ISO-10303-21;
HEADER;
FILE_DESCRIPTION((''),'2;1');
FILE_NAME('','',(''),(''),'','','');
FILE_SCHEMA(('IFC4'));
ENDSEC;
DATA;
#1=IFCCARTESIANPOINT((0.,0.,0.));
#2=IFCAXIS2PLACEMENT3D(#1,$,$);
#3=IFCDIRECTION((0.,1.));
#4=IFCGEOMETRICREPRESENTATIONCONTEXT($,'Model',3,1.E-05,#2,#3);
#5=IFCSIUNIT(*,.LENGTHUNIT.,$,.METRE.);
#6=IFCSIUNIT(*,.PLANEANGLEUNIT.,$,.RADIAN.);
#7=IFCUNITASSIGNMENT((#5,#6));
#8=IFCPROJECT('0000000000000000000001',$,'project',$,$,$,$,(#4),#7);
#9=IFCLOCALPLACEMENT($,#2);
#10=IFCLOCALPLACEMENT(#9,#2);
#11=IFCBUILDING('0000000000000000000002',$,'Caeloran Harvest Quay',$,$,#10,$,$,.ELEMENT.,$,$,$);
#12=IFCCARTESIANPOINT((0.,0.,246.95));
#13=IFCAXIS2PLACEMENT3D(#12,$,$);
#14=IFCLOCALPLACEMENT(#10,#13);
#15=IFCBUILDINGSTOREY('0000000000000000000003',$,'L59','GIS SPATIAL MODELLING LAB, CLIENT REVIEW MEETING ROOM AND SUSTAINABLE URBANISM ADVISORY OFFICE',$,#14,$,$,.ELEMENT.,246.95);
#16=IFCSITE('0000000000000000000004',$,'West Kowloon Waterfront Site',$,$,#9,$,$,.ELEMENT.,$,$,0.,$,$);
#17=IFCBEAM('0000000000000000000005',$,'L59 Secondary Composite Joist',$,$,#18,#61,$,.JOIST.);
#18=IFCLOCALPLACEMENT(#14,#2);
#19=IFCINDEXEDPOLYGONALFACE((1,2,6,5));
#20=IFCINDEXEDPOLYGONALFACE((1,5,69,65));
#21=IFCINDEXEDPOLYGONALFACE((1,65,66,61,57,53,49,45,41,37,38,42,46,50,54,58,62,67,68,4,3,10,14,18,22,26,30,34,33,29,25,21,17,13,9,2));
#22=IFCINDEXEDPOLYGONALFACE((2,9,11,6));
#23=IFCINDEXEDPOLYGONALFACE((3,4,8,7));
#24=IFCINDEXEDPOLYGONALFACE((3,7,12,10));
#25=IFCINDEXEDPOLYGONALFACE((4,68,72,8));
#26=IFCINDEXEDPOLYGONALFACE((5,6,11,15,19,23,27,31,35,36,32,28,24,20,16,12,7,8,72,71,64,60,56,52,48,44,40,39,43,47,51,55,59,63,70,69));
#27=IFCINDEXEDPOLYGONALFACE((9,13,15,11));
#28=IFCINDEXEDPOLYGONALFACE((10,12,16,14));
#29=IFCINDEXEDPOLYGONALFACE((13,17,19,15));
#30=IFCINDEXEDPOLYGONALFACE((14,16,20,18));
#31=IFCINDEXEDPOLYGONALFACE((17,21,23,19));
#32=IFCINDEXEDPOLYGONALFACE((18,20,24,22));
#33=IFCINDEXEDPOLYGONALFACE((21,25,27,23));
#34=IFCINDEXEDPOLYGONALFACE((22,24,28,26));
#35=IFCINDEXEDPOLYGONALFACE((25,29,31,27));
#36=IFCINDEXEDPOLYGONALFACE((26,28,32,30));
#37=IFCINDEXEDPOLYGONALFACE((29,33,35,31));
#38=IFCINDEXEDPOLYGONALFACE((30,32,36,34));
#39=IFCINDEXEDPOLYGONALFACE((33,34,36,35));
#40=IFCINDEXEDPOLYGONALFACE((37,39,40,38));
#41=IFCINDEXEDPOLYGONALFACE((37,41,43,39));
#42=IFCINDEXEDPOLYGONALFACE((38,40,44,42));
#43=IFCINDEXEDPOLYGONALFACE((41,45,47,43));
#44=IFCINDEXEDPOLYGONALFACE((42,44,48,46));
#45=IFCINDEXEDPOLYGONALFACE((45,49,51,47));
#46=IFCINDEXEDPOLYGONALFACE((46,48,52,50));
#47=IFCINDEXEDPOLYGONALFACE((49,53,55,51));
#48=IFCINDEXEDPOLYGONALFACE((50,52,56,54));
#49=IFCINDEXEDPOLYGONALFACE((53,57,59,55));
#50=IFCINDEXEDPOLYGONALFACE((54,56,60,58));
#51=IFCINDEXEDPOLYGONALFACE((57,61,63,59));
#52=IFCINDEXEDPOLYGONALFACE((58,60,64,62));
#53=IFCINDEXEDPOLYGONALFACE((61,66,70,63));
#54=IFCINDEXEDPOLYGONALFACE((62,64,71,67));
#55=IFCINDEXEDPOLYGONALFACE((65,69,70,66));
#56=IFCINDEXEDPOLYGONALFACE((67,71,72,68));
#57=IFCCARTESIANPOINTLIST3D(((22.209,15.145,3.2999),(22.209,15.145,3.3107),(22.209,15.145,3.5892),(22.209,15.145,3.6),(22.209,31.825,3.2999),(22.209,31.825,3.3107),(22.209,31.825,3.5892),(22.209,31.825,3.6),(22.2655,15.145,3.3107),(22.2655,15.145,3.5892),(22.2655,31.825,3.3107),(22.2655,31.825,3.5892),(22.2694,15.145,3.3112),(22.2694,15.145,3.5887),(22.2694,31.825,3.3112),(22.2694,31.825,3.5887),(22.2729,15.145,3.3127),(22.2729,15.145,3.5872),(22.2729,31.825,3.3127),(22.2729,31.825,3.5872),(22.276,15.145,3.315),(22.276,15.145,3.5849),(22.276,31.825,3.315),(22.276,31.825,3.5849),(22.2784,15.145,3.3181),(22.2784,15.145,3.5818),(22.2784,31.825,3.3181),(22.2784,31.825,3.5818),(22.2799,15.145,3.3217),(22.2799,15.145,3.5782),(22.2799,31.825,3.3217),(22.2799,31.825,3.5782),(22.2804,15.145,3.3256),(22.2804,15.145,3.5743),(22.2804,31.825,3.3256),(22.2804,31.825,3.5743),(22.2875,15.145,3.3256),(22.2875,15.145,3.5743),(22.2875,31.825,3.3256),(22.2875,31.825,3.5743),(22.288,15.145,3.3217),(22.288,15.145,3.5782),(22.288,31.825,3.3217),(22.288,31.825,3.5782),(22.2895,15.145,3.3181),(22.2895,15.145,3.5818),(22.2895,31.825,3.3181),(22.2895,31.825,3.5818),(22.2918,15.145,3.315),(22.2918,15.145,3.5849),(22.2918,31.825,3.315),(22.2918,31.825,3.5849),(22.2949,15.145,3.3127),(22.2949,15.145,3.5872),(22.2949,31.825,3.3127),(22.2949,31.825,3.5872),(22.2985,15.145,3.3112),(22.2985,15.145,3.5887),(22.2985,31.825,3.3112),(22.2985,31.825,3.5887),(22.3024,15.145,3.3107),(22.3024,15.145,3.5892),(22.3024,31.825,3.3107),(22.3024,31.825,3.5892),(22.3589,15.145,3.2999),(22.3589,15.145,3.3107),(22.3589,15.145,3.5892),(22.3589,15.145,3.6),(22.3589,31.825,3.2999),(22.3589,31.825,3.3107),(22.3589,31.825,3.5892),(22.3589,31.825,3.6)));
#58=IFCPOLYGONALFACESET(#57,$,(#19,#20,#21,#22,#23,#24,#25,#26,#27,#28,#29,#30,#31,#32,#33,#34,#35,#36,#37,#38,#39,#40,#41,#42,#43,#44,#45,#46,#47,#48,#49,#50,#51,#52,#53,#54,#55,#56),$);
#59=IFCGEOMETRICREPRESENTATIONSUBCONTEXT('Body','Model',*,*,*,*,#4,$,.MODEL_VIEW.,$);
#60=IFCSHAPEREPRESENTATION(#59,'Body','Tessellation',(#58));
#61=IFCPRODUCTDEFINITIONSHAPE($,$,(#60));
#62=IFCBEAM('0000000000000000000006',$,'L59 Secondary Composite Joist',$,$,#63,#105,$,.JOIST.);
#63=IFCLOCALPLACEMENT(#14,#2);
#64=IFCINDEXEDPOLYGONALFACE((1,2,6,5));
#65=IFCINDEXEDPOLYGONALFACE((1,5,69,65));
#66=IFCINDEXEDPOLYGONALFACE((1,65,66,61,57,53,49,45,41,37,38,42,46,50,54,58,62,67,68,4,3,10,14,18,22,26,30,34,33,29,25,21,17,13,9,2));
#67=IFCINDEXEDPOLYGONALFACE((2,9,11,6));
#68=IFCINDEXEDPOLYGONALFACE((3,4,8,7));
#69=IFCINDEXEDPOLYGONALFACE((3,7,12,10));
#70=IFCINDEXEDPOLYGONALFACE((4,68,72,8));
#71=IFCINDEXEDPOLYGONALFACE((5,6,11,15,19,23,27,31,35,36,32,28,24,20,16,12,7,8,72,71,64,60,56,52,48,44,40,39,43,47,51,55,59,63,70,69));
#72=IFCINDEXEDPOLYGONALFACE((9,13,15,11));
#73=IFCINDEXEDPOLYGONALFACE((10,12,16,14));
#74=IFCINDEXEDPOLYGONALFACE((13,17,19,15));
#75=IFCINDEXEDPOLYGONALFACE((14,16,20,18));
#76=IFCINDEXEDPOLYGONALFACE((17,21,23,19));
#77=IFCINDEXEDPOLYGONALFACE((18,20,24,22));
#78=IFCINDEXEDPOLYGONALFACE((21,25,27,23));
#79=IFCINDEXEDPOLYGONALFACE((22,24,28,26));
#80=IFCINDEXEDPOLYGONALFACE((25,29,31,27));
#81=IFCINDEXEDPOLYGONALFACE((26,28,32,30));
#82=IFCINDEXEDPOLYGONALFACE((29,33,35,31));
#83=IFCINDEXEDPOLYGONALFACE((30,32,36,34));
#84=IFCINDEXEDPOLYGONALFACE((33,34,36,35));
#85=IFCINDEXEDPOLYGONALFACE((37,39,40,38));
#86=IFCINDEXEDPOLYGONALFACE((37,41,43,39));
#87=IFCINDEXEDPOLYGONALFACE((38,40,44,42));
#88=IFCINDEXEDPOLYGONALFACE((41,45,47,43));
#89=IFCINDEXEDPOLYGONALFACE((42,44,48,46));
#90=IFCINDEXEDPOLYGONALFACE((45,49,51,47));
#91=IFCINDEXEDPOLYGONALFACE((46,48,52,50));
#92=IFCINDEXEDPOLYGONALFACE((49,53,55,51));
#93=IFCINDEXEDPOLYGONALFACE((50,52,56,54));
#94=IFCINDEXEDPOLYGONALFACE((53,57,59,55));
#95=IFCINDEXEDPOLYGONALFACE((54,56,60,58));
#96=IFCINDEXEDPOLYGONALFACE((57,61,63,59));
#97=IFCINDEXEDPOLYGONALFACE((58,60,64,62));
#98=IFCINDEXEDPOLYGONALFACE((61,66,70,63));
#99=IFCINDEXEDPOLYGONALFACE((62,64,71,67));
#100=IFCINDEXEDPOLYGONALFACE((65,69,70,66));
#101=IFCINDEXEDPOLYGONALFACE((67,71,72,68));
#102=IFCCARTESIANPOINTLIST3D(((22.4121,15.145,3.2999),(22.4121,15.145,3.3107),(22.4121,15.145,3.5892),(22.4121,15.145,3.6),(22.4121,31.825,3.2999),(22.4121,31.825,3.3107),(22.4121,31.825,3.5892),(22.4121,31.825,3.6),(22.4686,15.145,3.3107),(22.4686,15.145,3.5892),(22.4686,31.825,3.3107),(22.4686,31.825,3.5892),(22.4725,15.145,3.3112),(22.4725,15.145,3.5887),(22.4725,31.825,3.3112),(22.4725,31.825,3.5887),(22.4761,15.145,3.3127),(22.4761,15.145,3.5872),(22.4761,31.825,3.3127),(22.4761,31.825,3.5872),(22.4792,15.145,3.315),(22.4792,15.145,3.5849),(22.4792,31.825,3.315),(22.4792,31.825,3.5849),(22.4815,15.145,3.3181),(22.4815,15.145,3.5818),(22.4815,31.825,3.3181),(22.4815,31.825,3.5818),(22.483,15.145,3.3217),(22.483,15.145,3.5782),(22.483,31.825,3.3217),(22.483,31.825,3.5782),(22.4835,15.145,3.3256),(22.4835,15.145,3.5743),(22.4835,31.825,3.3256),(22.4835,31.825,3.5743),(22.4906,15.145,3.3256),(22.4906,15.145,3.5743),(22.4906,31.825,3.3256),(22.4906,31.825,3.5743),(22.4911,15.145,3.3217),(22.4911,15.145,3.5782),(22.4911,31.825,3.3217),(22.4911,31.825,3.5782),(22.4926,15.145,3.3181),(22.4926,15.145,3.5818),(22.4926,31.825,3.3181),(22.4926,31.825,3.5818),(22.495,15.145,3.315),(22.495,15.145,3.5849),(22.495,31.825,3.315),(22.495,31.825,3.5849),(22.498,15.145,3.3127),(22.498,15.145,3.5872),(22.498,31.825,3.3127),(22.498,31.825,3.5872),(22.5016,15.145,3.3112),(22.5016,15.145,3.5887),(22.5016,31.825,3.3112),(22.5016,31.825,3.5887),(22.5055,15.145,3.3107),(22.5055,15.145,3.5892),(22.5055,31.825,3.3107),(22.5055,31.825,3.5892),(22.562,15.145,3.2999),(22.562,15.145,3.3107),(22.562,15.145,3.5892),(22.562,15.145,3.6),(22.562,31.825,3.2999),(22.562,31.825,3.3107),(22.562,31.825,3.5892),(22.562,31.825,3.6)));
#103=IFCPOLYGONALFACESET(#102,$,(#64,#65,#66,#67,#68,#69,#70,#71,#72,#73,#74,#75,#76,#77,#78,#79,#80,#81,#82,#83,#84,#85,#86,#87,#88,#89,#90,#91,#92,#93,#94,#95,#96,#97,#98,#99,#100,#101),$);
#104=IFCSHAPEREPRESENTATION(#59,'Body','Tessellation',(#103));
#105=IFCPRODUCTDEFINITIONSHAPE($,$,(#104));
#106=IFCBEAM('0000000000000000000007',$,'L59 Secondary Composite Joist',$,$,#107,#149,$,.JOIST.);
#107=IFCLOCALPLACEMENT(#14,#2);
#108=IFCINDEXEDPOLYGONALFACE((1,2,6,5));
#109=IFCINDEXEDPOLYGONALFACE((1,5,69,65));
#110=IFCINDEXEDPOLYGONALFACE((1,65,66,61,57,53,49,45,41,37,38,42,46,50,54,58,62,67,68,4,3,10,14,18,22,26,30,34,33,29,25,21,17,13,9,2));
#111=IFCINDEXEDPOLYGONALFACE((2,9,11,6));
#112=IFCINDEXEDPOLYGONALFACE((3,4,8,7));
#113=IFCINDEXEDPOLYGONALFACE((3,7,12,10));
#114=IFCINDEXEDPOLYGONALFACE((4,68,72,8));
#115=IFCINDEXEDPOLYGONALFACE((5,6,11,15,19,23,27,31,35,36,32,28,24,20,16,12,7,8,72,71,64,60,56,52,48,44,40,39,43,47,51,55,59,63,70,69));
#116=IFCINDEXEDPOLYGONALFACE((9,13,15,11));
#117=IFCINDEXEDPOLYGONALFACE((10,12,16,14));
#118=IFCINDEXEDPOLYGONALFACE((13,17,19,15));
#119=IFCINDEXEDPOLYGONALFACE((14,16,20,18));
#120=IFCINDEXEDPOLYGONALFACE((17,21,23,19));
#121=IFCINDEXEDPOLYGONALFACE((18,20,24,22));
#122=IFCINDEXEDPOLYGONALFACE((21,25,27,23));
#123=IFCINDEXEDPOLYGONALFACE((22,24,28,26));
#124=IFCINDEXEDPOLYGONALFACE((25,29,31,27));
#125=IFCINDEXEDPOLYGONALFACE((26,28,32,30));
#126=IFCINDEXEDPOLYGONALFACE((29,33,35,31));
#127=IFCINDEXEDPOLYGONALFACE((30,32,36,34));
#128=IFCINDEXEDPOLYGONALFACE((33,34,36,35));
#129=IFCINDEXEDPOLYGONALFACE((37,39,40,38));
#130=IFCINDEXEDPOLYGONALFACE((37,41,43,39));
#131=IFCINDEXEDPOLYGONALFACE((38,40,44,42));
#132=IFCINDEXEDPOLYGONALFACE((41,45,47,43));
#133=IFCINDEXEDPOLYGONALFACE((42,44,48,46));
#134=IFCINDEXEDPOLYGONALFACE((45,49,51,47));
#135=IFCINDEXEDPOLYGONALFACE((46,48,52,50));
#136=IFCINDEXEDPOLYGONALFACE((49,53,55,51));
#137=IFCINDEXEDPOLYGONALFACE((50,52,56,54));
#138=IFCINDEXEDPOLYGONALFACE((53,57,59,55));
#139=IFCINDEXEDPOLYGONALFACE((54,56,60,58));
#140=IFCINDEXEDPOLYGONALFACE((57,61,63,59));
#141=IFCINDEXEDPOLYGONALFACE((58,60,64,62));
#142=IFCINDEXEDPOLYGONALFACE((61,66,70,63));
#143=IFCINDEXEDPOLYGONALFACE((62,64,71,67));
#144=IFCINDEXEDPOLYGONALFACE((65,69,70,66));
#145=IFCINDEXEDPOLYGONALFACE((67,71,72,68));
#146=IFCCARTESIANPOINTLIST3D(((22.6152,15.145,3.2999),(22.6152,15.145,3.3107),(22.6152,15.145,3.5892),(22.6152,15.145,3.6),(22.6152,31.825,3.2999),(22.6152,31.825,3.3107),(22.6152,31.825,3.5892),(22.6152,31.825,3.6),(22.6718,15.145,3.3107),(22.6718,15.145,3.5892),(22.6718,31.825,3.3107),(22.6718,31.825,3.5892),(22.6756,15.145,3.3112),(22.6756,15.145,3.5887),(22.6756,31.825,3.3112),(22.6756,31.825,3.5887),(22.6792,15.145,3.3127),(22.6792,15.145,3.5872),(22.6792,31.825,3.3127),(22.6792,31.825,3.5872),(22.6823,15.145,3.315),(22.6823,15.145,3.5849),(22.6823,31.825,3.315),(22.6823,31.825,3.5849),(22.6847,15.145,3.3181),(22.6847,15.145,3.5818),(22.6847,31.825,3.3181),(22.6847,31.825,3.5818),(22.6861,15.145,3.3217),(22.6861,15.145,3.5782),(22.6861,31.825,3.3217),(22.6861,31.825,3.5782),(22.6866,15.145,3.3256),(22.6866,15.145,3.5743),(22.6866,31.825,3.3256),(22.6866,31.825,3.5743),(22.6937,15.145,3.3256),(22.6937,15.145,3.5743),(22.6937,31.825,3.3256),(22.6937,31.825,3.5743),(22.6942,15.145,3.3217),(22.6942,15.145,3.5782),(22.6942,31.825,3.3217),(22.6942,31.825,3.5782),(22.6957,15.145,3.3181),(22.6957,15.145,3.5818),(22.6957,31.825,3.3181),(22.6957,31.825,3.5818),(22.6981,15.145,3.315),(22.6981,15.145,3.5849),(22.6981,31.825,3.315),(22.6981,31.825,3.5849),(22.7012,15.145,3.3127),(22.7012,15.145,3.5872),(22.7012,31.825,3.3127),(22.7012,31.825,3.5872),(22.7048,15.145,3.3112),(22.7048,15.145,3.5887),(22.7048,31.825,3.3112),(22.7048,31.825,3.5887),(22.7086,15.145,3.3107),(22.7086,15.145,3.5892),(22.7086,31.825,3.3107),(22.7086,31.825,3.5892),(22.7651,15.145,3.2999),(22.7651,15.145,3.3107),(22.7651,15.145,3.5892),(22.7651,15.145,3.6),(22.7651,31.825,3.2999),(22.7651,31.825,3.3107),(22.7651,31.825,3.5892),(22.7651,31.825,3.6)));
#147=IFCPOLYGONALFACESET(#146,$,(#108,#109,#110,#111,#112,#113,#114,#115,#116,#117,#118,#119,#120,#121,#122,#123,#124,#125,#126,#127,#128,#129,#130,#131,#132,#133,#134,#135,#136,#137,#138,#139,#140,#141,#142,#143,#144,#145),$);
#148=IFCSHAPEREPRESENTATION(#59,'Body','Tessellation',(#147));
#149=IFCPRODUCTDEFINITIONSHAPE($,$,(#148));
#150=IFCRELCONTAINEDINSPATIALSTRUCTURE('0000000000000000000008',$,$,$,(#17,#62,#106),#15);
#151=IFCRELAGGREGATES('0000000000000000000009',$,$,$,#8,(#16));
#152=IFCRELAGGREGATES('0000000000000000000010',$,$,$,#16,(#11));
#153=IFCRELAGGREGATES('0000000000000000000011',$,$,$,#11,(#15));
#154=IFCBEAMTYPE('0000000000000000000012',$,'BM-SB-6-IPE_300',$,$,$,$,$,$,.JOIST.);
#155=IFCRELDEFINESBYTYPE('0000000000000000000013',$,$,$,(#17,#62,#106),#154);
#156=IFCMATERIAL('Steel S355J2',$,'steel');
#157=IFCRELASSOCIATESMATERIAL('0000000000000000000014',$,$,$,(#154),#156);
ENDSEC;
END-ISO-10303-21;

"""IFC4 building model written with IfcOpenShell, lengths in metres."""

from ifc_helpers import new_model, si_unit, direction, frame, origin, origin_2d, place, context, subcontext, project, spatial, i_section, extrude, material, material_profile, profile_set, type_object, element, save


model = new_model("IFC4")

# Units and contexts
model_context = context("Model", 3, precision=1e-05, world=origin(), true_north=direction((0.0, 1.0)))
body_context = subcontext(model_context, "Body", "Model", "MODEL_VIEW")
ifc_project = project(units=[si_unit("LENGTHUNIT", "METRE"), si_unit("PLANEANGLEUNIT", "RADIAN")], contexts=[model_context])

# Site, building, storey
site_placement = place(None, origin())
site = spatial("IfcSite", under=ifc_project, at=site_placement, Name="West Kowloon Waterfront Site", CompositionType="ELEMENT", RefElevation=0.0)
building_placement = place(site_placement, origin())
building = spatial("IfcBuilding", under=site, at=building_placement, Name="Caeloran Harvest Quay", CompositionType="ELEMENT")
storey_placement = place(building_placement, frame((0.0, 0.0, 246.95)))
storey = spatial("IfcBuildingStorey", under=building, at=storey_placement, Name="L59", Description="GIS SPATIAL MODELLING LAB, CLIENT REVIEW MEETING ROOM AND SUSTAINABLE URBANISM ADVISORY OFFICE", CompositionType="ELEMENT", Elevation=246.95)

# Beams
ifc_material_1 = material(Name="Steel S355J2", Category="steel")
ifc_material_profile_1 = material_profile(ifc_material_1, i_section(OverallWidth=0.1499, OverallDepth=0.3, WebThickness=0.0071, FlangeThickness=0.0107, FilletRadius=0.0149, at=origin_2d()), Name="IPE 300")
ifc_profile_set_1 = profile_set([ifc_material_profile_1], Name="Steel S355J2")
beam_type_1 = type_object("IfcBeamType", Name="BM-SB-6-IPE_300", PredefinedType="JOIST", material=ifc_profile_set_1)
for number, where, z_axis, x_axis, name in (
    (1, (22.2839, 15.145, 3.45), (0.0, 1.0, 0.0), (-1.0, 0.0, 0.0), "L59 Secondary Composite Joist"),
    (2, (22.4871, 15.145, 3.45), (0.0, 1.0, 0.0), (-1.0, 0.0, 0.0), "L59 Secondary Composite Joist"),
    (3, (22.6902, 15.145, 3.45), (0.0, 1.0, 0.0), (-1.0, 0.0, 0.0), "L59 Secondary Composite Joist"),
):
    element("IfcBeam", number, at=place(storey_placement, frame(where, z_axis=z_axis, x_axis=x_axis)), inside=storey, type_object=beam_type_1, Name=name, PredefinedType="JOIST", context=body_context, shape_type="SweptSolid", body=[
        extrude(i_section(OverallWidth=0.1499, OverallDepth=0.3, WebThickness=0.0071, FlangeThickness=0.0107, FilletRadius=0.0149, at=origin_2d()), origin(), (0.0, 0.0, 1.0), 16.6799),
    ])

save(model, "model.ifc")
